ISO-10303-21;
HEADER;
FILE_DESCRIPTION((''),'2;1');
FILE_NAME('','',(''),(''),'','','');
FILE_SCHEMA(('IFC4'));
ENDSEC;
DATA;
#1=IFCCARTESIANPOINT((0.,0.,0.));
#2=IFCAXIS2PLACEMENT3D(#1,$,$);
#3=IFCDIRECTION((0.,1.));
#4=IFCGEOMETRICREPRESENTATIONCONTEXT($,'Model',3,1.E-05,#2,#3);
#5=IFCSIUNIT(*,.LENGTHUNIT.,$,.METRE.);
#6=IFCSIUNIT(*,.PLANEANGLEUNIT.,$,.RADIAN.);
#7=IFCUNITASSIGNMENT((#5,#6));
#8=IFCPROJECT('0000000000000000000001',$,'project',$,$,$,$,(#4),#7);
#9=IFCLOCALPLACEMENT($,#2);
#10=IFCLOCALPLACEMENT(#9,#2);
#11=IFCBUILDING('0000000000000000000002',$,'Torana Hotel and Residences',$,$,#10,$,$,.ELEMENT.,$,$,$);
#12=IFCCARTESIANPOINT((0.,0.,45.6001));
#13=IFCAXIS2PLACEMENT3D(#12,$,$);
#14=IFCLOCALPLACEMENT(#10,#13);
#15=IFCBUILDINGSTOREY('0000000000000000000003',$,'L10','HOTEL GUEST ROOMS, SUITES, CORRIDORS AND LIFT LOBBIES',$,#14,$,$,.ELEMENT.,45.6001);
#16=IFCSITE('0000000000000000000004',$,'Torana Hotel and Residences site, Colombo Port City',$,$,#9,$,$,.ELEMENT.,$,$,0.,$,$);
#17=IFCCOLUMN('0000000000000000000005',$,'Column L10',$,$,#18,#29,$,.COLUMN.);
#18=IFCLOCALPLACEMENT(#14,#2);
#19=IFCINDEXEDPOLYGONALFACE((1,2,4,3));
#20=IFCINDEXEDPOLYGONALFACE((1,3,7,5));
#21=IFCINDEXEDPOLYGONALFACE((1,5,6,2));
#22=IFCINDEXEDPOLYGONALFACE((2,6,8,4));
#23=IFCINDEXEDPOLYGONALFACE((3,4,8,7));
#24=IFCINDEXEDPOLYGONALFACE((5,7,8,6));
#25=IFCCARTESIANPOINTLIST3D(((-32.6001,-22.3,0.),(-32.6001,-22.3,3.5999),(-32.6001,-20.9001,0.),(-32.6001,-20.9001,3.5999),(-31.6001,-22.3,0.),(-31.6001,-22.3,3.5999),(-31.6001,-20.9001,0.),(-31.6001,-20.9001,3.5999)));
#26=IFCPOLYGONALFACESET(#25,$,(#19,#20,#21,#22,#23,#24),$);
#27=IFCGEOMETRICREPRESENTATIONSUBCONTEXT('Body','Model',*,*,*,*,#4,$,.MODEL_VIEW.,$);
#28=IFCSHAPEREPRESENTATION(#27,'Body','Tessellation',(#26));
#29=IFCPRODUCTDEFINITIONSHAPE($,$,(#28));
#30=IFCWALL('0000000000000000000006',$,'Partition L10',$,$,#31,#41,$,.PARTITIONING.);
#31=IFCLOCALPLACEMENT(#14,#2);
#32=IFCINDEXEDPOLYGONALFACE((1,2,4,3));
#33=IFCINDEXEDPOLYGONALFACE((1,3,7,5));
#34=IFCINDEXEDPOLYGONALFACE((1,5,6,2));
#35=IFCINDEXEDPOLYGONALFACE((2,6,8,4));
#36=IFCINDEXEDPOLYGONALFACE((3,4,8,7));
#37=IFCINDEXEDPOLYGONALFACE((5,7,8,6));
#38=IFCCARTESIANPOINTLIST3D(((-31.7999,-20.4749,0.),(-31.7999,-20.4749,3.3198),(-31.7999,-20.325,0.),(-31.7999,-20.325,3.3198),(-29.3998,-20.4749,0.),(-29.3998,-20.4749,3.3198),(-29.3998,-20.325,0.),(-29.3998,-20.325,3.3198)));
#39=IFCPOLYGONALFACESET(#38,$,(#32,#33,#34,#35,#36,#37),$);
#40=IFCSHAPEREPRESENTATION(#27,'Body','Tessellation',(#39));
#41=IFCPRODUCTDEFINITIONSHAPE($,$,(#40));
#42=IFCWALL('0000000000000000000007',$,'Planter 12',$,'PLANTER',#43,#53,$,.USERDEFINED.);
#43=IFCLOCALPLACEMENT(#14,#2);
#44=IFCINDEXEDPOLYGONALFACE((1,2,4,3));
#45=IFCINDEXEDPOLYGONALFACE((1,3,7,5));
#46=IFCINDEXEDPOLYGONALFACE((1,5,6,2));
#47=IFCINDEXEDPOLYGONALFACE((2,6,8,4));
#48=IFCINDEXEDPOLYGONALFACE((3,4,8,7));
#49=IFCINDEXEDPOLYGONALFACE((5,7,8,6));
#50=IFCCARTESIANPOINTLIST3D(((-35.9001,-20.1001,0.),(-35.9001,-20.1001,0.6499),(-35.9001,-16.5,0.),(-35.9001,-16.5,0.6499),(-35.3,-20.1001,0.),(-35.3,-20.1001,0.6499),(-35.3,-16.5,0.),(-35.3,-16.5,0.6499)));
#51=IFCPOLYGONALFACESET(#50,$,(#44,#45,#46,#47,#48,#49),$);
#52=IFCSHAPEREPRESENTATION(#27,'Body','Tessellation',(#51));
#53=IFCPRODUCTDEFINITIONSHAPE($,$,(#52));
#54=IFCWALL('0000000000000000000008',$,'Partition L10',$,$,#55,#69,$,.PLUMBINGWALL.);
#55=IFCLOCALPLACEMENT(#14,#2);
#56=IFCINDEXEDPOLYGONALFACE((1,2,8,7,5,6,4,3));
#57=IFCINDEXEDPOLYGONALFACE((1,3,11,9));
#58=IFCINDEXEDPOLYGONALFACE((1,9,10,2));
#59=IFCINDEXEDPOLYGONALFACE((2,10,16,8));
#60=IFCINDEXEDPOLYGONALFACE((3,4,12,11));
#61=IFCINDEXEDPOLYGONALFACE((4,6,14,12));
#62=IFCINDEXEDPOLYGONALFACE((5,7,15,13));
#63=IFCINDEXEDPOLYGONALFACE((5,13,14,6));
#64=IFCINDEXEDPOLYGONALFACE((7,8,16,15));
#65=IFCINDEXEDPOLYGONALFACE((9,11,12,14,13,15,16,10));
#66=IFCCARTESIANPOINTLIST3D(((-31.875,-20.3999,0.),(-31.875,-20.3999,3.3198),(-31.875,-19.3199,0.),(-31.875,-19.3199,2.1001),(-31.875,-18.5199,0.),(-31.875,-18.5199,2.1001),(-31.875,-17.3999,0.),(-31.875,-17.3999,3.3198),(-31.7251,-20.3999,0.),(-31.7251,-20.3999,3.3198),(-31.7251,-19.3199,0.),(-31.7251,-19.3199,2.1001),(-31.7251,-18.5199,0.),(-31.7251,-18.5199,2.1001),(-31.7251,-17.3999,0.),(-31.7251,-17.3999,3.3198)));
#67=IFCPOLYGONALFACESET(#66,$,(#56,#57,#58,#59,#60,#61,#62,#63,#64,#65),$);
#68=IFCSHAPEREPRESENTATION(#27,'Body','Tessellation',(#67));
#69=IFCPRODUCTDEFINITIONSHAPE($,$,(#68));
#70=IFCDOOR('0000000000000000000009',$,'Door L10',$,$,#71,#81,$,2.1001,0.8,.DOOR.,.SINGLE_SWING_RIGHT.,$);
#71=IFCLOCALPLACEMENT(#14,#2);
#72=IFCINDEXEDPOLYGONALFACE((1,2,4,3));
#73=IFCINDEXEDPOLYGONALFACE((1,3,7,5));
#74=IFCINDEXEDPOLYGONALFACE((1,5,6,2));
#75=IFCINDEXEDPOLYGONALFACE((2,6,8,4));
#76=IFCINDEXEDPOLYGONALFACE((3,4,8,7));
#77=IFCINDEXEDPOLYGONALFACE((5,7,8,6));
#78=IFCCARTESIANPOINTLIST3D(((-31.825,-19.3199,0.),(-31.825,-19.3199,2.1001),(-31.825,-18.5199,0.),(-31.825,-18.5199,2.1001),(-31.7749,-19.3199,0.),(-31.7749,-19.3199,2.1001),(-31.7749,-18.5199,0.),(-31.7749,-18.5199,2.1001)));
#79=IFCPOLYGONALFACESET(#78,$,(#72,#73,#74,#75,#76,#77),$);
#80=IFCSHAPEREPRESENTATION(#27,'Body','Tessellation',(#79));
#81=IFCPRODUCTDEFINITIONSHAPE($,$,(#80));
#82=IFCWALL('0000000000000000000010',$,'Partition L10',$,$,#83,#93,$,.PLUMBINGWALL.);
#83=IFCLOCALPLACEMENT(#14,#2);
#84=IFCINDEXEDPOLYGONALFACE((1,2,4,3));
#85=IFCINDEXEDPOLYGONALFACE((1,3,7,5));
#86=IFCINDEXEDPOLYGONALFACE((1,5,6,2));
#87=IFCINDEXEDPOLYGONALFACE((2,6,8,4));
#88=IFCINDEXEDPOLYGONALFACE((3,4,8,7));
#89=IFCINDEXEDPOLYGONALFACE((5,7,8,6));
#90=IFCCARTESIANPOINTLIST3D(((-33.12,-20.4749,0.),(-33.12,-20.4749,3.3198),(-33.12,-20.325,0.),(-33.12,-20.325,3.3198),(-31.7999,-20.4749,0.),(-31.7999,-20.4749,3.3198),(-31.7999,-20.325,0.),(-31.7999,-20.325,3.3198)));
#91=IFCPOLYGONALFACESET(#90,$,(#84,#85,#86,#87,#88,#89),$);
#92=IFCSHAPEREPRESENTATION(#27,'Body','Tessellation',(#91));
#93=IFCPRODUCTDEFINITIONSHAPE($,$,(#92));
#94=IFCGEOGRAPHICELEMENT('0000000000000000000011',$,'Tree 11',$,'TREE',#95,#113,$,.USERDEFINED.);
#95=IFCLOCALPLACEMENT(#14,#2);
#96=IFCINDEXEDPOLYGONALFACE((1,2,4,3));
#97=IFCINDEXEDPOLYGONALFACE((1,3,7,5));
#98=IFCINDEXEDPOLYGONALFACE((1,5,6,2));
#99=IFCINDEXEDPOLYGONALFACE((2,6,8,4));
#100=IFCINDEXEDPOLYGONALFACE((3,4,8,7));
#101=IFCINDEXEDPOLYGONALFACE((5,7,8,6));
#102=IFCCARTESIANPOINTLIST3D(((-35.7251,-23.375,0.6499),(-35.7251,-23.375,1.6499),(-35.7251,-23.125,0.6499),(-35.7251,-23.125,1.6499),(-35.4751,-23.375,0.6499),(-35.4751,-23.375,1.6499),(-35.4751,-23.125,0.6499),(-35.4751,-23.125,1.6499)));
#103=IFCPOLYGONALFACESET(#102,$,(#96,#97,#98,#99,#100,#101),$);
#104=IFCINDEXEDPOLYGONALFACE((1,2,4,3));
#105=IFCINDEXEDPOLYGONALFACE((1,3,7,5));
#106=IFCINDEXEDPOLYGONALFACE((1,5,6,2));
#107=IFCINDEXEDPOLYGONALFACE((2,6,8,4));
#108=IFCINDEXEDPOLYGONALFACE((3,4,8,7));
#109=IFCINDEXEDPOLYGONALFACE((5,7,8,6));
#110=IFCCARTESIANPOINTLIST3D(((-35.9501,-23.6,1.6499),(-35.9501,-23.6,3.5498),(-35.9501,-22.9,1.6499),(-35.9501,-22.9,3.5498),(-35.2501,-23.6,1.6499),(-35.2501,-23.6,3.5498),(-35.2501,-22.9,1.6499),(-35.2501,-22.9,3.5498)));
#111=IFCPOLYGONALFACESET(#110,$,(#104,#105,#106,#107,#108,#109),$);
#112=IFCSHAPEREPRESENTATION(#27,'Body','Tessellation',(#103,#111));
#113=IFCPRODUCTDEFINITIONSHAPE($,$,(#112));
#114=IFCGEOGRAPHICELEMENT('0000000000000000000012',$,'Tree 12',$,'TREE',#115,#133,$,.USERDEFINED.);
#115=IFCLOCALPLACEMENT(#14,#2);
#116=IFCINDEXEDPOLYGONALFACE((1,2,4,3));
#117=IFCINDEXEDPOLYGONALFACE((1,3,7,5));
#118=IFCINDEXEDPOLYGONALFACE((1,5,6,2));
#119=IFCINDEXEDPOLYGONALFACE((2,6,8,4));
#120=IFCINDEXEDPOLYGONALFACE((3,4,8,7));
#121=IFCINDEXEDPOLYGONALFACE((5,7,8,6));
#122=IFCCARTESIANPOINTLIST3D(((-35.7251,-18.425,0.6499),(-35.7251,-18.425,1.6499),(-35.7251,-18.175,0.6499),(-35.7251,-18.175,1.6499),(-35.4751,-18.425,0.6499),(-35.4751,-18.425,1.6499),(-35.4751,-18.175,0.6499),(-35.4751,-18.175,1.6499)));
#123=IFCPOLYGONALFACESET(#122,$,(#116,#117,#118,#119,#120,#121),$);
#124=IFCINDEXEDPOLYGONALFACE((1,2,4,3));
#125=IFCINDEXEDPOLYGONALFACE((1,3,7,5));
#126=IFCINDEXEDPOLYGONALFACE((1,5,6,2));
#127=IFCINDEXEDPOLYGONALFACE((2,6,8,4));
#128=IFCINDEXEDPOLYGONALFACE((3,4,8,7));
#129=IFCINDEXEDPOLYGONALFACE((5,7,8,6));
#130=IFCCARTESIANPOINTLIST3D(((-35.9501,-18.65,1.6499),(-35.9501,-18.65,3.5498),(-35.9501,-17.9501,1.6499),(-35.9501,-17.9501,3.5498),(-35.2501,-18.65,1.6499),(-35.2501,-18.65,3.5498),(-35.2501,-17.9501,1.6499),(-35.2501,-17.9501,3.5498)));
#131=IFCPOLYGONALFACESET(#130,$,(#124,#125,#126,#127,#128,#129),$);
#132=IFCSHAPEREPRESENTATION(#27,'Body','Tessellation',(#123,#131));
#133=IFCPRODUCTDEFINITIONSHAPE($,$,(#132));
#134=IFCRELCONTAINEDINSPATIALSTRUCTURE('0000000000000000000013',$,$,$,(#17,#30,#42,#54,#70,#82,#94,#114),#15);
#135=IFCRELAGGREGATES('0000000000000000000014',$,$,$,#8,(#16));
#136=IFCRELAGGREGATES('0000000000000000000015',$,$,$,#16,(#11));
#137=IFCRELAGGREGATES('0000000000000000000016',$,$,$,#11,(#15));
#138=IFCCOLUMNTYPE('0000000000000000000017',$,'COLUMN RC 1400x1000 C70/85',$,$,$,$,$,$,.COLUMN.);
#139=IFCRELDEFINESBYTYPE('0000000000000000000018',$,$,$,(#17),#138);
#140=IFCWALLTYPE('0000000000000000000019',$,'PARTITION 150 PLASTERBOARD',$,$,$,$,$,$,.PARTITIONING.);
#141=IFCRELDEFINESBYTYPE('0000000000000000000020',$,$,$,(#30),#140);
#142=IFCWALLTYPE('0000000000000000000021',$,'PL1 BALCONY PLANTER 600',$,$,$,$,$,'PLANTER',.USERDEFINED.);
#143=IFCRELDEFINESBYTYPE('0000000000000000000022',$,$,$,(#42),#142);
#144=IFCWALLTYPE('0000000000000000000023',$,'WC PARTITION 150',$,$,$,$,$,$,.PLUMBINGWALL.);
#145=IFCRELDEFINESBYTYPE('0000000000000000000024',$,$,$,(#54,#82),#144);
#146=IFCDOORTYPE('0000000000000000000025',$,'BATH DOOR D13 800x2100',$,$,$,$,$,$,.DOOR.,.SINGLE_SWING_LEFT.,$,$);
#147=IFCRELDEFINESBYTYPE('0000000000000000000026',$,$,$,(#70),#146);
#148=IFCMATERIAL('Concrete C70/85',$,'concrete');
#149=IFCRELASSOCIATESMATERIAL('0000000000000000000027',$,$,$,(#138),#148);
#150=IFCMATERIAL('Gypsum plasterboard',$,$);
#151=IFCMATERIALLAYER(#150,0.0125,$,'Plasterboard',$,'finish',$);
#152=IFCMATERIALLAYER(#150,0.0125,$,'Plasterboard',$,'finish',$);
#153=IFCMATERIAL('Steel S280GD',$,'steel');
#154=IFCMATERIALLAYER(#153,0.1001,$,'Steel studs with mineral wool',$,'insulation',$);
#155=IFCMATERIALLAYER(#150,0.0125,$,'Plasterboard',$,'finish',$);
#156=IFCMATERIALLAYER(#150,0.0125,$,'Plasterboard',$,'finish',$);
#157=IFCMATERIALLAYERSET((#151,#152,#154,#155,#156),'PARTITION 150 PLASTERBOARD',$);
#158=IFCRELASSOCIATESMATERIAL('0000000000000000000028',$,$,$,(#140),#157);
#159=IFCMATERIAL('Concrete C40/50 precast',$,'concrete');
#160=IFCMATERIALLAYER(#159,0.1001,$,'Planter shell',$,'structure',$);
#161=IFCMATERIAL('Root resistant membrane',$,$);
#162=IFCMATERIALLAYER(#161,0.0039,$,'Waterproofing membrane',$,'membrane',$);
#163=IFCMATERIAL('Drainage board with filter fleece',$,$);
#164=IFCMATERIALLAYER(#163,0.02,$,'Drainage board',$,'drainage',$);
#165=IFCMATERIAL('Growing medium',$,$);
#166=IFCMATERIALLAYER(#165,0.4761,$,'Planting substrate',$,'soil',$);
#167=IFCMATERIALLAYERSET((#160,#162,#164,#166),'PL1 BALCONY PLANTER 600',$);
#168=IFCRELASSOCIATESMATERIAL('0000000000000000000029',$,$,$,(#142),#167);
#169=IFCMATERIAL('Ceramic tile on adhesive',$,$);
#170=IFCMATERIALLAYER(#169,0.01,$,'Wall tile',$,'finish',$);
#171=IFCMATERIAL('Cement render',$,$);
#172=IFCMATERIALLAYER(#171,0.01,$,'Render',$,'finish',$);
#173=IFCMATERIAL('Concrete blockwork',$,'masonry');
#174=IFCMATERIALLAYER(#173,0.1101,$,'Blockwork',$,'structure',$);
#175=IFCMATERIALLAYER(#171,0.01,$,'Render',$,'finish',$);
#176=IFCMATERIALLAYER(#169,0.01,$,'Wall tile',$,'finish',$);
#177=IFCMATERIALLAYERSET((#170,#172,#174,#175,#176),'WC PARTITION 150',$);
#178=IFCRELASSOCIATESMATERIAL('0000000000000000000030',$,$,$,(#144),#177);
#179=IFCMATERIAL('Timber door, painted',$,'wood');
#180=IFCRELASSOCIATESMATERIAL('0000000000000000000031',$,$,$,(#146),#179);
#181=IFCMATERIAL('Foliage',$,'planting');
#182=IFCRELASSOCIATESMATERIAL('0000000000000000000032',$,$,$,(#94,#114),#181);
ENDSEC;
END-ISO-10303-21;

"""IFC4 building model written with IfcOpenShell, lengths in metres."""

from ifc_helpers import new_model, si_unit, direction, frame, frame_2d, origin, origin_2d, place, context, subcontext, project, spatial, rectangle, extrude, material, layer, layer_set, material_profile, profile_set, type_object, element, fill, save


model = new_model("IFC4")

# Units and contexts
model_context = context("Model", 3, precision=1e-05, world=origin(), true_north=direction((0.0, 1.0)))
body_context = subcontext(model_context, "Body", "Model", "MODEL_VIEW")
ifc_project = project(units=[si_unit("LENGTHUNIT", "METRE"), si_unit("PLANEANGLEUNIT", "RADIAN")], contexts=[model_context])

# Site, building, storey
site_placement = place(None, origin())
site = spatial("IfcSite", under=ifc_project, at=site_placement, Name="Torana Hotel and Residences site, Colombo Port City", CompositionType="ELEMENT", RefElevation=0.0)
building_placement = place(site_placement, origin())
building = spatial("IfcBuilding", under=site, at=building_placement, Name="Torana Hotel and Residences", CompositionType="ELEMENT")
storey_placement = place(building_placement, frame((0.0, 0.0, 45.6001)))
storey = spatial("IfcBuildingStorey", under=building, at=storey_placement, Name="L10", Description="HOTEL GUEST ROOMS, SUITES, CORRIDORS AND LIFT LOBBIES", CompositionType="ELEMENT", Elevation=45.6001)

# Column
ifc_material_1 = material(Name="Concrete C70/85", Category="concrete")
ifc_material_profile = material_profile(ifc_material_1, rectangle(XDim=1.3999, YDim=1.0, at=origin_2d()), Name="RC 1400x1000")
ifc_profile_set = profile_set([ifc_material_profile], Name="Concrete C70/85")
column_type = type_object("IfcColumnType", Name="COLUMN RC 1400x1000 C70/85", PredefinedType="COLUMN", material=ifc_profile_set)
column_placement = place(storey_placement, frame((-32.1001, -21.6001, 0.0), z_axis=(0.0, 0.0, 1.0), x_axis=(0.0, 1.0, 0.0)))
element("IfcColumn", 1, at=column_placement, inside=storey, type_object=column_type, Name="Column L10", PredefinedType="COLUMN", context=body_context, shape_type="SweptSolid", body=[
    extrude(rectangle(XDim=1.3999, YDim=1.0, at=origin_2d()), origin(), (0.0, 0.0, 1.0), 3.5999),
])

# Shared definitions
ifc_material_2 = material(Name="Concrete blockwork", Category="masonry")

# Walls
ifc_material_3 = material(Name="Gypsum plasterboard")
ifc_layer_1 = layer(ifc_material_3, 0.0125, Name="Plasterboard", Category="finish")
ifc_layer_2 = layer(ifc_material_3, 0.0125, Name="Plasterboard", Category="finish")
ifc_material_4 = material(Name="Steel S280GD", Category="steel")
ifc_layer_3 = layer(ifc_material_4, 0.1001, Name="Steel studs with mineral wool", Category="insulation")
ifc_layer_4 = layer(ifc_material_3, 0.0125, Name="Plasterboard", Category="finish")
ifc_layer_5 = layer(ifc_material_3, 0.0125, Name="Plasterboard", Category="finish")
ifc_layer_set_1 = layer_set([ifc_layer_1, ifc_layer_2, ifc_layer_3, ifc_layer_4, ifc_layer_5], Name="PARTITION 150 PLASTERBOARD")
wall_type_1 = type_object("IfcWallType", Name="PARTITION 150 PLASTERBOARD", PredefinedType="PARTITIONING", material=ifc_layer_set_1)
wall_1_placement = place(storey_placement, frame((-31.8, -20.3999, 0.0), z_axis=(0.0, 0.0, 1.0), x_axis=(1.0, 0.0, 0.0)))
element("IfcWall", 2, at=wall_1_placement, inside=storey, type_object=wall_type_1, Name="Partition L10", PredefinedType="PARTITIONING", context=body_context, shape_type="SweptSolid", body=[
    extrude(rectangle(XDim=2.4001, YDim=0.1499, at=frame_2d((1.2002, 0.0))), origin(), (0.0, 0.0, 1.0), 3.3198),
])
ifc_material_5 = material(Name="Concrete C40/50 precast", Category="concrete")
ifc_layer_6 = layer(ifc_material_5, 0.1001, Name="Planter shell", Category="structure")
ifc_material_6 = material(Name="Root resistant membrane")
ifc_layer_7 = layer(ifc_material_6, 0.0039, Name="Waterproofing membrane", Category="membrane")
ifc_material_7 = material(Name="Drainage board with filter fleece")
ifc_layer_8 = layer(ifc_material_7, 0.02, Name="Drainage board", Category="drainage")
ifc_material_8 = material(Name="Growing medium")
ifc_layer_9 = layer(ifc_material_8, 0.4761, Name="Planting substrate", Category="soil")
ifc_layer_set_2 = layer_set([ifc_layer_6, ifc_layer_7, ifc_layer_8, ifc_layer_9], Name="PL1 BALCONY PLANTER 600")
wall_type_2 = type_object("IfcWallType", Name="PL1 BALCONY PLANTER 600", ElementType="PLANTER", PredefinedType="USERDEFINED", material=ifc_layer_set_2)
wall_2_placement = place(storey_placement, frame((-35.6001, -20.1001, 0.0), z_axis=(0.0, 0.0, 1.0), x_axis=(0.0, 1.0, 0.0)))
element("IfcWall", 3, at=wall_2_placement, inside=storey, type_object=wall_type_2, Name="Planter 12", ObjectType="PLANTER", PredefinedType="USERDEFINED", context=body_context, shape_type="SweptSolid", body=[
    extrude(rectangle(XDim=3.6001, YDim=0.6001, at=frame_2d((1.8, 0.0))), origin(), (0.0, 0.0, 1.0), 0.6499),
])

# Wall, opening, door
ifc_material_9 = material(Name="Ceramic tile on adhesive")
ifc_layer_10 = layer(ifc_material_9, 0.01, Name="Wall tile", Category="finish")
ifc_material_10 = material(Name="Cement render")
ifc_layer_11 = layer(ifc_material_10, 0.01, Name="Render", Category="finish")
ifc_layer_12 = layer(ifc_material_2, 0.1101, Name="Blockwork", Category="structure")
ifc_layer_13 = layer(ifc_material_10, 0.01, Name="Render", Category="finish")
ifc_layer_14 = layer(ifc_material_9, 0.01, Name="Wall tile", Category="finish")
ifc_layer_set_3 = layer_set([ifc_layer_10, ifc_layer_11, ifc_layer_12, ifc_layer_13, ifc_layer_14], Name="WC PARTITION 150")
wall_type_3 = type_object("IfcWallType", Name="WC PARTITION 150", PredefinedType="PLUMBINGWALL", material=ifc_layer_set_3)
wall_3_placement = place(storey_placement, frame((-31.8, -20.3999, 0.0), z_axis=(0.0, 0.0, 1.0), x_axis=(0.0, 1.0, 0.0)))
wall_3 = element("IfcWall", 4, at=wall_3_placement, inside=storey, type_object=wall_type_3, Name="Partition L10", PredefinedType="PLUMBINGWALL", context=body_context, shape_type="SweptSolid", body=[
    extrude(rectangle(XDim=3.0, YDim=0.1499, at=frame_2d((1.5, 0.0))), origin(), (0.0, 0.0, 1.0), 3.3198),
])
opening_1_placement = place(wall_3_placement, frame((1.0801, 0.0, 0.0)))
opening_1 = element("IfcOpeningElement", 5, at=opening_1_placement, cuts=wall_3, PredefinedType="OPENING", context=body_context, shape_type="SweptSolid", body=[
    extrude(rectangle(XDim=0.8, YDim=2.1001, at=frame_2d((0.3999, 1.05))), frame((0.0, 0.085, 0.0), z_axis=(0.0, -1.0, 0.0), x_axis=(1.0, 0.0, 0.0)), (0.0, 0.0, 1.0), 0.1699),
])
ifc_material_11 = material(Name="Timber door, painted", Category="wood")
door_type_1 = type_object("IfcDoorType", Name="BATH DOOR D13 800x2100", OperationType="SINGLE_SWING_LEFT", PredefinedType="DOOR", material=ifc_material_11)
door_1_placement = place(opening_1_placement, origin())
door_1 = element("IfcDoor", 6, at=door_1_placement, inside=storey, type_object=door_type_1, Name="Door L10", OperationType="SINGLE_SWING_RIGHT", OverallHeight=2.1001, OverallWidth=0.8, PredefinedType="DOOR", context=body_context, shape_type="SweptSolid", body=[
    extrude(rectangle(XDim=0.8, YDim=2.1001, at=frame_2d((0.3999, 1.05))), frame((0.0, 0.0249, 0.0), z_axis=(0.0, -1.0, 0.0), x_axis=(1.0, 0.0, 0.0)), (0.0, 0.0, 1.0), 0.05),
])
fill(opening_1, door_1)

# Wall
wall_4_placement = place(storey_placement, frame((-33.1201, -20.3999, 0.0), z_axis=(0.0, 0.0, 1.0), x_axis=(1.0, 0.0, 0.0)))
element("IfcWall", 7, at=wall_4_placement, inside=storey, type_object=wall_type_3, Name="Partition L10", PredefinedType="PLUMBINGWALL", context=body_context, shape_type="SweptSolid", body=[
    extrude(rectangle(XDim=1.3201, YDim=0.1499, at=frame_2d((0.6602, 0.0))), origin(), (0.0, 0.0, 1.0), 3.3198),
])

# Geographic elements
ifc_material_12 = material(Name="Foliage", Category="planting")
for number, where, z_axis, x_axis, name in (
    (8, (-35.6001, -23.25, 0.6499), (0.0, 0.0, 1.0), (1.0, 0.0, 0.0), "Tree 11"),
    (9, (-35.6001, -18.3, 0.6499), (0.0, 0.0, 1.0), (1.0, 0.0, 0.0), "Tree 12"),
):
    element("IfcGeographicElement", number, at=place(storey_placement, frame(where, z_axis=z_axis, x_axis=x_axis)), inside=storey, material=ifc_material_12, Name=name, ObjectType="TREE", PredefinedType="USERDEFINED", context=body_context, shape_type="SweptSolid", body=[
        extrude(rectangle(XDim=0.25, YDim=0.25, at=origin_2d()), origin(), (0.0, 0.0, 1.0), 1.0),
        extrude(rectangle(XDim=0.7, YDim=0.7, at=origin_2d()), frame((0.0, 0.0, 1.0)), (0.0, 0.0, 1.0), 1.8999),
    ])

save(model, "model.ifc")
